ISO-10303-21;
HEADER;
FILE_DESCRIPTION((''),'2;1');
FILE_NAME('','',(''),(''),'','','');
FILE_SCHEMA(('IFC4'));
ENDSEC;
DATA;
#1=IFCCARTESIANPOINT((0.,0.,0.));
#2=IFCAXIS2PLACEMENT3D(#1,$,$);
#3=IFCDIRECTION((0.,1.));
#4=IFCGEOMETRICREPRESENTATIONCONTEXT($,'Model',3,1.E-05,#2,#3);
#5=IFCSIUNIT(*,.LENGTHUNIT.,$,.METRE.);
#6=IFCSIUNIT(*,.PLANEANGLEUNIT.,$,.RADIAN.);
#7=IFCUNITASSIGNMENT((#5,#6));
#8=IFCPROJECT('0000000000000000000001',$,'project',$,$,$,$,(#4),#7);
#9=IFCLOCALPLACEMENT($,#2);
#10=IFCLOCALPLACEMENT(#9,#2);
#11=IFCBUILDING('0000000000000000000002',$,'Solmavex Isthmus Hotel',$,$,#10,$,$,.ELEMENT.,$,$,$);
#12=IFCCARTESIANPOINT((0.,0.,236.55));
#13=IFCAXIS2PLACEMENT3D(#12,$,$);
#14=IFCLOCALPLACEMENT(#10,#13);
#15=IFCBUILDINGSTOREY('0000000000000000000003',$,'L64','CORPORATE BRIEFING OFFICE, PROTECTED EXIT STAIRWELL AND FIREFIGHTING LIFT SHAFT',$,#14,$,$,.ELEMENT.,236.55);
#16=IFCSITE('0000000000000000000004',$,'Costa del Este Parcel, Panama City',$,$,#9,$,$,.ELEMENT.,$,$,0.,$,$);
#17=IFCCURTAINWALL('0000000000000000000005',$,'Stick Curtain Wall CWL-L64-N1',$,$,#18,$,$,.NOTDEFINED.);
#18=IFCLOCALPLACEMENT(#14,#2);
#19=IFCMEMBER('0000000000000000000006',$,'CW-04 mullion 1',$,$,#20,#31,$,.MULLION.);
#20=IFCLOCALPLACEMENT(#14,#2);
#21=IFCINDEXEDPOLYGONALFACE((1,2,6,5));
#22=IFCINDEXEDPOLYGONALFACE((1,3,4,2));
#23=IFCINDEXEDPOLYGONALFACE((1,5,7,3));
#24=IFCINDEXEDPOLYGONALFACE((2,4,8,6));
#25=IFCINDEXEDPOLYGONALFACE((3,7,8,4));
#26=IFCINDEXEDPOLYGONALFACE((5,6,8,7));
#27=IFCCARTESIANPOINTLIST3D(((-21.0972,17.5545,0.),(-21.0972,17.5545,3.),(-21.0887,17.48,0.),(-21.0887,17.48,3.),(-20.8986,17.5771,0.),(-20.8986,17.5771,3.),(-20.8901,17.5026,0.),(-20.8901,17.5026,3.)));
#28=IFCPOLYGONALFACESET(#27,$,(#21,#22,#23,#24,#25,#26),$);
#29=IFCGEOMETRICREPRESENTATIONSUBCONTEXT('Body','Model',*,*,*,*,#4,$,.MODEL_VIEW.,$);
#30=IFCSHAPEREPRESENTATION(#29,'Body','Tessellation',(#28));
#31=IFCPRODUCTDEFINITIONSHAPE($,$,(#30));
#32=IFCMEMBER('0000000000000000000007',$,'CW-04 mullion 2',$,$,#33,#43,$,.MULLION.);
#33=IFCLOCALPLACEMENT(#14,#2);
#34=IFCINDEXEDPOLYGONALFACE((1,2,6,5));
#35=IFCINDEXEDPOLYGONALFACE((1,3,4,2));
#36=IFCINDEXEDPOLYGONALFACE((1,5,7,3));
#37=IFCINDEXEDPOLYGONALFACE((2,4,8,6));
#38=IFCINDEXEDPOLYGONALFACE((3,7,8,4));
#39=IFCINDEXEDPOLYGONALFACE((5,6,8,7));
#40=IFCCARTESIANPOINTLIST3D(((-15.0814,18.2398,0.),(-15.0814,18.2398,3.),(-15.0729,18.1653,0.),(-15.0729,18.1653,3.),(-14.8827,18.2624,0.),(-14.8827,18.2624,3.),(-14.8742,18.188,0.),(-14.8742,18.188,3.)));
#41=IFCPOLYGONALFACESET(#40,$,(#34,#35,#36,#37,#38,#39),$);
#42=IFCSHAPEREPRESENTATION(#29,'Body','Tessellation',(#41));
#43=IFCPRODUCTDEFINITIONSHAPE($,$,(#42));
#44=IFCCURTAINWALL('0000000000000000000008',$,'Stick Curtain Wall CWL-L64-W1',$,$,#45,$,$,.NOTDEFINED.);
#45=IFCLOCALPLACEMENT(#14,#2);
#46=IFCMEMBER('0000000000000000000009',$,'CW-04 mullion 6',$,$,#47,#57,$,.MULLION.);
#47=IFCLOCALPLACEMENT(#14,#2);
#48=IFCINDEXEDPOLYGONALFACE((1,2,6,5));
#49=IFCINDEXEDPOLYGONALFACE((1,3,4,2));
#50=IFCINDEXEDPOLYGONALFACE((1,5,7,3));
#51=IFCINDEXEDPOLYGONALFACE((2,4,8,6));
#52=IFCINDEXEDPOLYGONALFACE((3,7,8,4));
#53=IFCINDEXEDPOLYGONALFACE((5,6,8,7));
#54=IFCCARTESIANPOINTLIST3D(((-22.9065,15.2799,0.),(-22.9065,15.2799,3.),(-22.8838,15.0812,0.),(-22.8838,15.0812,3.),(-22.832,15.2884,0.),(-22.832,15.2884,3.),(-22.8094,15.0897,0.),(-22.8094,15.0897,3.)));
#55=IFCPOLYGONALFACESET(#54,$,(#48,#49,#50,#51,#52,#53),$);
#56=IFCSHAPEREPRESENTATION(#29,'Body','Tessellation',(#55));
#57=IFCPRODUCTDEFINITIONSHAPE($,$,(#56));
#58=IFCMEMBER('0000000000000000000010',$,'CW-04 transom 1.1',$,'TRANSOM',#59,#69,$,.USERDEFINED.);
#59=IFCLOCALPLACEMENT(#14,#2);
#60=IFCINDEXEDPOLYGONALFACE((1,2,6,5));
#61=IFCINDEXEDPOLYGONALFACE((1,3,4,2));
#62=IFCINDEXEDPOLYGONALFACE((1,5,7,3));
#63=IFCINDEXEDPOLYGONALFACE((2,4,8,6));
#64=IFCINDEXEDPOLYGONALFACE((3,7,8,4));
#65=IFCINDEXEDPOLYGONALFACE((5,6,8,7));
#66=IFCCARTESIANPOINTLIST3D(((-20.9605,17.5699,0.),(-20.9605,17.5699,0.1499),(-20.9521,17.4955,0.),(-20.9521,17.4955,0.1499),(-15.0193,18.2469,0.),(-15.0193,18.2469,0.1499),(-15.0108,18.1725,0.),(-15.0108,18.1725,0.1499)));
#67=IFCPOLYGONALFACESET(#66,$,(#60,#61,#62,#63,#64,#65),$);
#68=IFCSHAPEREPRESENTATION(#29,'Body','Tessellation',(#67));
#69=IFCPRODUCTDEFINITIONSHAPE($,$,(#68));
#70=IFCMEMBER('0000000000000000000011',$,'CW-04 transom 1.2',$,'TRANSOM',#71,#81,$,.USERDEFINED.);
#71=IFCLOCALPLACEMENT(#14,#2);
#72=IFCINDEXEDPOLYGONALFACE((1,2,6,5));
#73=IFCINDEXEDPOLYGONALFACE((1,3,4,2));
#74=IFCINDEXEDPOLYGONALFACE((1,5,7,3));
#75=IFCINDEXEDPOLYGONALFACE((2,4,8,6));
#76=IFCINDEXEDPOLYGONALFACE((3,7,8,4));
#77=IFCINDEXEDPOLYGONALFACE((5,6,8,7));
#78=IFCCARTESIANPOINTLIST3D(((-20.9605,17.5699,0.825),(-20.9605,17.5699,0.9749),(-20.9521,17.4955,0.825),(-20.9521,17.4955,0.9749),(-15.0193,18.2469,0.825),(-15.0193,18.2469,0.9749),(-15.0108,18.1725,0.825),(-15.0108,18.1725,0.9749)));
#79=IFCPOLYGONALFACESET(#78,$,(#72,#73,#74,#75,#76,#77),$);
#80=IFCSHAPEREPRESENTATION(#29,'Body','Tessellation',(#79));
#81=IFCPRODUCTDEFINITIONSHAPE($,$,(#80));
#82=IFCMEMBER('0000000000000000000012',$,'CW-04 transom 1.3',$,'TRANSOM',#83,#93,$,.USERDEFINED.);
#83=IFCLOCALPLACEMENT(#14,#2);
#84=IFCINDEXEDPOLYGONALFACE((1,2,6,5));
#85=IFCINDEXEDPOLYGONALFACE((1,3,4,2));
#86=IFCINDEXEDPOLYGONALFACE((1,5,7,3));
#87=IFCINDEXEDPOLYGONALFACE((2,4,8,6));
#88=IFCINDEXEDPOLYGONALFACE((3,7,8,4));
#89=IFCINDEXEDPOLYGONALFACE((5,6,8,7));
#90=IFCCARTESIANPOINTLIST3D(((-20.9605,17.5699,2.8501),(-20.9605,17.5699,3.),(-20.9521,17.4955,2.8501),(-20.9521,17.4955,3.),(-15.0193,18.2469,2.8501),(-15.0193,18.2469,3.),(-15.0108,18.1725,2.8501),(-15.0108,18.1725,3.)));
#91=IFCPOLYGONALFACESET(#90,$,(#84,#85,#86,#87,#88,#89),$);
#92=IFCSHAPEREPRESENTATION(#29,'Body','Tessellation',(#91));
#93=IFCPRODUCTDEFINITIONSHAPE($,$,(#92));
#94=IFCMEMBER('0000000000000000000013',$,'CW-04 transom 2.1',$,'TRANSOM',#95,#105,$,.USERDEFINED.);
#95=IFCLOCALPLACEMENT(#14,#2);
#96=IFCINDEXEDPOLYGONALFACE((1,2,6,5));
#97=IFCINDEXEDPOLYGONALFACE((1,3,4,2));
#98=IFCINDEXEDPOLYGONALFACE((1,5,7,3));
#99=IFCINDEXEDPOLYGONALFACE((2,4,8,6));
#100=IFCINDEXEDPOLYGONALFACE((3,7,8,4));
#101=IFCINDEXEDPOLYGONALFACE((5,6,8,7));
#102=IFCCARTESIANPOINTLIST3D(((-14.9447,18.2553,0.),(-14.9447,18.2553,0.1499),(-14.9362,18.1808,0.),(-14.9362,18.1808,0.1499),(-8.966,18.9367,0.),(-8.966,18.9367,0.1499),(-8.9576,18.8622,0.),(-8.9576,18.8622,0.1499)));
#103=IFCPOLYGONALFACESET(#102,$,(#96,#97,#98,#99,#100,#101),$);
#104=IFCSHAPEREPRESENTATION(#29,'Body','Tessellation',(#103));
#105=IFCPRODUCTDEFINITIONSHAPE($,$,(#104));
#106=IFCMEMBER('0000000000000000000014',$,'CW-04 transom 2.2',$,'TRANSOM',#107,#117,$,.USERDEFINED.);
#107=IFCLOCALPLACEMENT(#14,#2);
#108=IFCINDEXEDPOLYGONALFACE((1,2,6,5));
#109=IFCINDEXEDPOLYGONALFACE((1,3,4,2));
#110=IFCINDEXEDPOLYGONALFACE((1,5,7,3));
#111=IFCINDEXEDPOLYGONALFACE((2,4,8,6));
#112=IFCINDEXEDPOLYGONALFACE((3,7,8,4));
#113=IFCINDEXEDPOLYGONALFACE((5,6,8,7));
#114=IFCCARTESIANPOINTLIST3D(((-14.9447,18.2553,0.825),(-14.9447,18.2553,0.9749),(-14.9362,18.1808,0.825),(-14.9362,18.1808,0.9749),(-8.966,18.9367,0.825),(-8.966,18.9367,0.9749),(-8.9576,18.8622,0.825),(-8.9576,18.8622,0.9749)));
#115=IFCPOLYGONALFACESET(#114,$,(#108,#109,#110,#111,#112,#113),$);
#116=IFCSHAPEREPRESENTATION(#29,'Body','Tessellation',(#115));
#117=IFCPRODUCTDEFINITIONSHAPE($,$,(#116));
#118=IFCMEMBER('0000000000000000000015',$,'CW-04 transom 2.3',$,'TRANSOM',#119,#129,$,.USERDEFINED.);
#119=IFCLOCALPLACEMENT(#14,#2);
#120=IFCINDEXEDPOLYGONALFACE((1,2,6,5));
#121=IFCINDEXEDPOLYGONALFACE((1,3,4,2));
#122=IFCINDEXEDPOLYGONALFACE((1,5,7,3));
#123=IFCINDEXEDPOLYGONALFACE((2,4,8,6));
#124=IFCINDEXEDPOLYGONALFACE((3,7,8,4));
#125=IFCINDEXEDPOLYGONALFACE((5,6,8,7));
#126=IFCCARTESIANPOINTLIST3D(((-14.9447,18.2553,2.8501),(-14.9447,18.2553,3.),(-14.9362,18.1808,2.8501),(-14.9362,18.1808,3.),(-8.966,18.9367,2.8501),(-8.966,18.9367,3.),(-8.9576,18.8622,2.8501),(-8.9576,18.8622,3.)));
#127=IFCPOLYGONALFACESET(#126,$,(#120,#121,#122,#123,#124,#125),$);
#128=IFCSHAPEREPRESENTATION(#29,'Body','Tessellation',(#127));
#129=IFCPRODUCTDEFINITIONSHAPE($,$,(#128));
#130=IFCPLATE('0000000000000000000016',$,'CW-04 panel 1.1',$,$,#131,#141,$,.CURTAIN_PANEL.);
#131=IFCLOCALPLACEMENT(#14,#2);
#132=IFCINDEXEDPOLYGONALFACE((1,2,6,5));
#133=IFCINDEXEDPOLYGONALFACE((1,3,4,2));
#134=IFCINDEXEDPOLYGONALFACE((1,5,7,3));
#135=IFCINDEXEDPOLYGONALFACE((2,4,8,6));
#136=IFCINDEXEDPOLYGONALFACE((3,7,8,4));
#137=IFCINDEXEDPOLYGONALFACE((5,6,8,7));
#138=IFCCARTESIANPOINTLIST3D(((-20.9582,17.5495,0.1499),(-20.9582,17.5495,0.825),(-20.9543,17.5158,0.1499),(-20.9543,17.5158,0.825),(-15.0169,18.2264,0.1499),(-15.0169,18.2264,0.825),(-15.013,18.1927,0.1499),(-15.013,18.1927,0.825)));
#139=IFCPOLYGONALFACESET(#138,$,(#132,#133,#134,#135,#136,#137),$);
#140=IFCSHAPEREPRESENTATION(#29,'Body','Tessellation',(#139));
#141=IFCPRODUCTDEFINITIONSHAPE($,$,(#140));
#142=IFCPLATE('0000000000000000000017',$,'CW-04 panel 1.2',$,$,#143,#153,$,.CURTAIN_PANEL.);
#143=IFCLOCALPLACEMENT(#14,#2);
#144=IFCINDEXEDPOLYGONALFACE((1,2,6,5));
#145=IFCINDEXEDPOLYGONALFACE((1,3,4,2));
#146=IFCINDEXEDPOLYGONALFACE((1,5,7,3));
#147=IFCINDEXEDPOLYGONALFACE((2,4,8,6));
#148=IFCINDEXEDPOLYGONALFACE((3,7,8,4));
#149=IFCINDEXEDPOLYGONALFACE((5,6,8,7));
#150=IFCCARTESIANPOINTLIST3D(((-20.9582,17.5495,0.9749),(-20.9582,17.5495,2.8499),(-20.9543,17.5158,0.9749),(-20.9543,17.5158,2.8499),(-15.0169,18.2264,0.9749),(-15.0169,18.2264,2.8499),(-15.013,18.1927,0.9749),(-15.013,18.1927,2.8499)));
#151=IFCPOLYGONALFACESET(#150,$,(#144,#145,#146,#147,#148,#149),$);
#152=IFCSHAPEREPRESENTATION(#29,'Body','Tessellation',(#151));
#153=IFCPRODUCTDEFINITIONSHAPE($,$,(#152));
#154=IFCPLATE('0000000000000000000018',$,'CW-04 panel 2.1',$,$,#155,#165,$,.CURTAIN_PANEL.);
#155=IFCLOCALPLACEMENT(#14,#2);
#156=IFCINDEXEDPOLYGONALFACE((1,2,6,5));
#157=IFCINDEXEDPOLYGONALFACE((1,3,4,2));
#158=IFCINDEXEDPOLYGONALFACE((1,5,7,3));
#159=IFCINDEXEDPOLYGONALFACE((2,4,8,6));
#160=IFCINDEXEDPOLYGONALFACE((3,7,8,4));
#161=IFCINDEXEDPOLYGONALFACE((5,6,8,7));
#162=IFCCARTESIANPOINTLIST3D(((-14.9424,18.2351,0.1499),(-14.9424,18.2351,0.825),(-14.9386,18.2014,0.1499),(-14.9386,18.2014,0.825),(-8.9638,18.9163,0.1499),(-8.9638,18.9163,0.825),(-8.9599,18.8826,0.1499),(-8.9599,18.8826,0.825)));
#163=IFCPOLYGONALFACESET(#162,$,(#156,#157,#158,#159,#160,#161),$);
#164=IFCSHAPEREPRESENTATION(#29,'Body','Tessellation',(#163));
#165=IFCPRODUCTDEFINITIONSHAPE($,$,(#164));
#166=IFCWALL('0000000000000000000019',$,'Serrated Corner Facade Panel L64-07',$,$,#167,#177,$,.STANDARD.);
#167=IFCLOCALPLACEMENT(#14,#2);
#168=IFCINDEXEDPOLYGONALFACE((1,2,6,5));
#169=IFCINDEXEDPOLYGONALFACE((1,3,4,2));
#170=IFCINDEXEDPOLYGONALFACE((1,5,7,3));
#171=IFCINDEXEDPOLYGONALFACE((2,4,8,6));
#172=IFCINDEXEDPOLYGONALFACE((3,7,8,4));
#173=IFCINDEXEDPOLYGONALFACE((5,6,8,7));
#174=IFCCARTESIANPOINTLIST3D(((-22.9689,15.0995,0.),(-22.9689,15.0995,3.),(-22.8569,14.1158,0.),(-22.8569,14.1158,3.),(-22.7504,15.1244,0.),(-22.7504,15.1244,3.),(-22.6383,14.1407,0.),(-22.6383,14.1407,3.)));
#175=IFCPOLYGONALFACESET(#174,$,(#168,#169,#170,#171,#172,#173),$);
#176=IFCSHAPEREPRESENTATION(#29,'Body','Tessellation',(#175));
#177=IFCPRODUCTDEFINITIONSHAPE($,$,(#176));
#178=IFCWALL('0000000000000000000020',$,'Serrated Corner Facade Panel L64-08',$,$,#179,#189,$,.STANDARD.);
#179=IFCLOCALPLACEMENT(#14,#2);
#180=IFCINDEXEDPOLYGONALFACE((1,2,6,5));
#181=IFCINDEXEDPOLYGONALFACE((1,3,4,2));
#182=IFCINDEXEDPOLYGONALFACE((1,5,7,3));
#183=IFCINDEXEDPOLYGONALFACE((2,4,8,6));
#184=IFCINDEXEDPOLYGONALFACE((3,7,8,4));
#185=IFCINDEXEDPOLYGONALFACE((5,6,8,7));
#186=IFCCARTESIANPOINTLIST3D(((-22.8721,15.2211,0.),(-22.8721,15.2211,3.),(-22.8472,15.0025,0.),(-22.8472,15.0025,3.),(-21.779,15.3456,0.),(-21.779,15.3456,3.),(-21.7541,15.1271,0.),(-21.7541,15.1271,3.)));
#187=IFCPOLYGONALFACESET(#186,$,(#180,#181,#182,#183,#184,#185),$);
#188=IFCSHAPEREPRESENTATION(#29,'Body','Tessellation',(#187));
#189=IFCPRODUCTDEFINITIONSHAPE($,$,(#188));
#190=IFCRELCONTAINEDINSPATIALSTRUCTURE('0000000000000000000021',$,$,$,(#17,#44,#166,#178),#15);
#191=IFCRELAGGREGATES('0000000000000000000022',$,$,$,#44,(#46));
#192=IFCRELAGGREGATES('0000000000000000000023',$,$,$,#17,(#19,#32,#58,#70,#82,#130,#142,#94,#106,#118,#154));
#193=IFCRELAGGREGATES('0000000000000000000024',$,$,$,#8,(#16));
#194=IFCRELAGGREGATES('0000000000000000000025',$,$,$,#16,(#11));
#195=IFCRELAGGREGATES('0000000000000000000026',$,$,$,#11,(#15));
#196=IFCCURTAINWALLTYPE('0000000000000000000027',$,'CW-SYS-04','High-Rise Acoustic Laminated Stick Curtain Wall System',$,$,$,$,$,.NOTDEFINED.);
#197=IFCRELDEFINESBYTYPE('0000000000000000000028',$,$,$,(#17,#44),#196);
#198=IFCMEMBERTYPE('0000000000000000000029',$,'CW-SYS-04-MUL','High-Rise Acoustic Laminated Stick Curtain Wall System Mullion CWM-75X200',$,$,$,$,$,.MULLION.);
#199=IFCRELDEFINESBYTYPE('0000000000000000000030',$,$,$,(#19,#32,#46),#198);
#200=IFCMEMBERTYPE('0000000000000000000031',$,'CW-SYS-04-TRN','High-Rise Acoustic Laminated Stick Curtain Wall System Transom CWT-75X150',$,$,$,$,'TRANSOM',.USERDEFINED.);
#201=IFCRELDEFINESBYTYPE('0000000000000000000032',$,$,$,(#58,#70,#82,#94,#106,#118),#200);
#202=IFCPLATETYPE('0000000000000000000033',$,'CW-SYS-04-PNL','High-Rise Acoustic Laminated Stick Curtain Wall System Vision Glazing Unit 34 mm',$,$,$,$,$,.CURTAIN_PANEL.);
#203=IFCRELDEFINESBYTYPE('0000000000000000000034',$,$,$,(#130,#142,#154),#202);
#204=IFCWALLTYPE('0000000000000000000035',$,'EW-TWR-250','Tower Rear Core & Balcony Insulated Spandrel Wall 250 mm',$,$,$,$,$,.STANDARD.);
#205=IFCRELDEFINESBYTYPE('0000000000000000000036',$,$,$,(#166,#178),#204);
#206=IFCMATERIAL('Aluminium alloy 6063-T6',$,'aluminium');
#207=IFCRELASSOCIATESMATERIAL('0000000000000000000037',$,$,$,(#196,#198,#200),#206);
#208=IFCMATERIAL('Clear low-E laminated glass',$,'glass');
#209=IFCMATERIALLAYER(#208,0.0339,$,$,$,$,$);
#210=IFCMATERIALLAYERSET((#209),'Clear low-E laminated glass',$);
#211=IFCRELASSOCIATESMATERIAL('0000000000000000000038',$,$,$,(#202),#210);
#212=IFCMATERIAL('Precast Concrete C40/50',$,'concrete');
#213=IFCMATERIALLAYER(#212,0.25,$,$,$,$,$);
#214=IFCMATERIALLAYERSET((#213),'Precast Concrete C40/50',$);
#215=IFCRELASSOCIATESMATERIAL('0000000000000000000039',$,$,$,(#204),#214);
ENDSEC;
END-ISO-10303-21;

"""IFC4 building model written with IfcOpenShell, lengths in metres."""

from ifc_helpers import new_model, si_unit, direction, frame, frame_2d, origin, origin_2d, place, context, subcontext, project, spatial, rectangle, extrude, material, layer, layer_set, material_profile, profile_set, type_object, element, aggregate, save


model = new_model("IFC4")

# Units and contexts
model_context = context("Model", 3, precision=1e-05, world=origin(), true_north=direction((0.0, 1.0)))
body_context = subcontext(model_context, "Body", "Model", "MODEL_VIEW")
ifc_project = project(units=[si_unit("LENGTHUNIT", "METRE"), si_unit("PLANEANGLEUNIT", "RADIAN")], contexts=[model_context])

# Site, building, storey
site_placement = place(None, origin())
site = spatial("IfcSite", under=ifc_project, at=site_placement, Name="Costa del Este Parcel, Panama City", CompositionType="ELEMENT", RefElevation=0.0)
building_placement = place(site_placement, origin())
building = spatial("IfcBuilding", under=site, at=building_placement, Name="Solmavex Isthmus Hotel", CompositionType="ELEMENT")
storey_placement = place(building_placement, frame((0.0, 0.0, 236.55)))
storey = spatial("IfcBuildingStorey", under=building, at=storey_placement, Name="L64", Description="CORPORATE BRIEFING OFFICE, PROTECTED EXIT STAIRWELL AND FIREFIGHTING LIFT SHAFT", CompositionType="ELEMENT", Elevation=236.55)

# Curtain wall, members
ifc_material_1 = material(Name="Aluminium alloy 6063-T6", Category="aluminium")
curtain_wall_type = type_object("IfcCurtainWallType", Name="CW-SYS-04", Description="High-Rise Acoustic Laminated Stick Curtain Wall System", PredefinedType="NOTDEFINED", material=ifc_material_1)
curtain_wall_1_placement = place(storey_placement, origin())
curtain_wall_1 = element("IfcCurtainWall", 1, at=curtain_wall_1_placement, inside=storey, type_object=curtain_wall_type, Name="Stick Curtain Wall CWL-L64-N1", PredefinedType="NOTDEFINED")
ifc_material_profile_1 = material_profile(ifc_material_1, rectangle(XDim=0.075, YDim=0.2, at=origin_2d()), Name="CWM-75X200")
ifc_profile_set_1 = profile_set([ifc_material_profile_1], Name="Aluminium alloy 6063-T6")
member_type_1 = type_object("IfcMemberType", Name="CW-SYS-04-MUL", Description="High-Rise Acoustic Laminated Stick Curtain Wall System Mullion CWM-75X200", PredefinedType="MULLION", material=ifc_profile_set_1)
member_1_placement = place(storey_placement, frame((-20.9937, 17.5286, 0.0), z_axis=(0.0, 0.0, 1.0), x_axis=(-0.113203, 0.993572, 0.0)))
member_1 = element("IfcMember", 2, at=member_1_placement, type_object=member_type_1, Name="CW-04 mullion 1", PredefinedType="MULLION", context=body_context, shape_type="SweptSolid", body=[
    extrude(rectangle(XDim=0.075, YDim=0.2, at=origin_2d()), origin(), (0.0, 0.0, 1.0), 3.0),
])
member_2_placement = place(storey_placement, frame((-14.9778, 18.2139, 0.0), z_axis=(0.0, 0.0, 1.0), x_axis=(-0.113203, 0.993572, 0.0)))
member_2 = element("IfcMember", 3, at=member_2_placement, type_object=member_type_1, Name="CW-04 mullion 2", PredefinedType="MULLION", context=body_context, shape_type="SweptSolid", body=[
    extrude(rectangle(XDim=0.075, YDim=0.2, at=origin_2d()), origin(), (0.0, 0.0, 1.0), 3.0),
])

# Curtain wall, member
curtain_wall_2_placement = place(storey_placement, origin())
curtain_wall_2 = element("IfcCurtainWall", 4, at=curtain_wall_2_placement, inside=storey, type_object=curtain_wall_type, Name="Stick Curtain Wall CWL-L64-W1", PredefinedType="NOTDEFINED")
member_3_placement = place(storey_placement, frame((-22.8579, 15.1848, 0.0), z_axis=(0.0, 0.0, 1.0), x_axis=(-0.993572, -0.113203, 0.0)))
member_3 = element("IfcMember", 5, at=member_3_placement, type_object=member_type_1, Name="CW-04 mullion 6", PredefinedType="MULLION", context=body_context, shape_type="SweptSolid", body=[
    extrude(rectangle(XDim=0.075, YDim=0.2, at=origin_2d()), origin(), (0.0, 0.0, 1.0), 3.0),
])
aggregate(curtain_wall_2, [member_3])

# Members
ifc_material_profile_2 = material_profile(ifc_material_1, rectangle(XDim=0.075, YDim=0.1499, at=origin_2d()), Name="CWT-75X150")
ifc_profile_set_2 = profile_set([ifc_material_profile_2], Name="Aluminium alloy 6063-T6")
member_type_2 = type_object("IfcMemberType", Name="CW-SYS-04-TRN", Description="High-Rise Acoustic Laminated Stick Curtain Wall System Transom CWT-75X150", ElementType="TRANSOM", PredefinedType="USERDEFINED", material=ifc_profile_set_2)
member_4_placement = place(storey_placement, frame((-20.9563, 17.5327, 0.075), z_axis=(0.993571, 0.113214, 0.0), x_axis=(-0.113214, 0.993571, 0.0)))
member_4 = element("IfcMember", 6, at=member_4_placement, type_object=member_type_2, Name="CW-04 transom 1.1", ObjectType="TRANSOM", PredefinedType="USERDEFINED", context=body_context, shape_type="SweptSolid", body=[
    extrude(rectangle(XDim=0.075, YDim=0.1499, at=origin_2d()), origin(), (0.0, 0.0, 1.0), 5.9797),
])
member_5_placement = place(storey_placement, frame((-20.9563, 17.5327, 0.8999), z_axis=(0.993571, 0.113214, 0.0), x_axis=(-0.113214, 0.993571, 0.0)))
member_5 = element("IfcMember", 7, at=member_5_placement, type_object=member_type_2, Name="CW-04 transom 1.2", ObjectType="TRANSOM", PredefinedType="USERDEFINED", context=body_context, shape_type="SweptSolid", body=[
    extrude(rectangle(XDim=0.075, YDim=0.1499, at=origin_2d()), origin(), (0.0, 0.0, 1.0), 5.9797),
])
member_6_placement = place(storey_placement, frame((-20.9563, 17.5327, 2.925), z_axis=(0.993571, 0.113214, 0.0), x_axis=(-0.113214, 0.993571, 0.0)))
member_6 = element("IfcMember", 8, at=member_6_placement, type_object=member_type_2, Name="CW-04 transom 1.3", ObjectType="TRANSOM", PredefinedType="USERDEFINED", context=body_context, shape_type="SweptSolid", body=[
    extrude(rectangle(XDim=0.075, YDim=0.1499, at=origin_2d()), origin(), (0.0, 0.0, 1.0), 5.9797),
])
member_7_placement = place(storey_placement, frame((-14.9404, 18.218, 0.075), z_axis=(0.993568, 0.113241, 0.0), x_axis=(-0.113241, 0.993568, 0.0)))
member_7 = element("IfcMember", 9, at=member_7_placement, type_object=member_type_2, Name="CW-04 transom 2.1", ObjectType="TRANSOM", PredefinedType="USERDEFINED", context=body_context, shape_type="SweptSolid", body=[
    extrude(rectangle(XDim=0.075, YDim=0.1499, at=origin_2d()), origin(), (0.0, 0.0, 1.0), 6.0173),
])
member_8_placement = place(storey_placement, frame((-14.9404, 18.218, 0.8999), z_axis=(0.993568, 0.113241, 0.0), x_axis=(-0.113241, 0.993568, 0.0)))
member_8 = element("IfcMember", 10, at=member_8_placement, type_object=member_type_2, Name="CW-04 transom 2.2", ObjectType="TRANSOM", PredefinedType="USERDEFINED", context=body_context, shape_type="SweptSolid", body=[
    extrude(rectangle(XDim=0.075, YDim=0.1499, at=origin_2d()), origin(), (0.0, 0.0, 1.0), 6.0173),
])
member_9_placement = place(storey_placement, frame((-14.9404, 18.218, 2.925), z_axis=(0.993568, 0.113241, 0.0), x_axis=(-0.113241, 0.993568, 0.0)))
member_9 = element("IfcMember", 11, at=member_9_placement, type_object=member_type_2, Name="CW-04 transom 2.3", ObjectType="TRANSOM", PredefinedType="USERDEFINED", context=body_context, shape_type="SweptSolid", body=[
    extrude(rectangle(XDim=0.075, YDim=0.1499, at=origin_2d()), origin(), (0.0, 0.0, 1.0), 6.0173),
])

# Plates
ifc_material_2 = material(Name="Clear low-E laminated glass", Category="glass")
ifc_layer_1 = layer(ifc_material_2, 0.0339)
ifc_layer_set_1 = layer_set([ifc_layer_1], Name="Clear low-E laminated glass")
plate_type = type_object("IfcPlateType", Name="CW-SYS-04-PNL", Description="High-Rise Acoustic Laminated Stick Curtain Wall System Vision Glazing Unit 34 mm", PredefinedType="CURTAIN_PANEL", material=ifc_layer_set_1)
plate_1_placement = place(storey_placement, frame((-17.9856, 17.8711, 0.1499), z_axis=(0.0, 0.0, 1.0), x_axis=(0.993572, 0.113203, 0.0)))
plate_1 = element("IfcPlate", 12, at=plate_1_placement, type_object=plate_type, Name="CW-04 panel 1.1", PredefinedType="CURTAIN_PANEL", context=body_context, shape_type="SweptSolid", body=[
    extrude(rectangle(XDim=5.9797, YDim=0.0339, at=origin_2d()), origin(), (0.0, 0.0, 1.0), 0.675),
])
plate_2_placement = place(storey_placement, frame((-17.9856, 17.8711, 0.9749), z_axis=(0.0, 0.0, 1.0), x_axis=(0.993572, 0.113203, 0.0)))
plate_2 = element("IfcPlate", 13, at=plate_2_placement, type_object=plate_type, Name="CW-04 panel 1.2", PredefinedType="CURTAIN_PANEL", context=body_context, shape_type="SweptSolid", body=[
    extrude(rectangle(XDim=5.9797, YDim=0.0339, at=origin_2d()), origin(), (0.0, 0.0, 1.0), 1.875),
])
plate_3_placement = place(storey_placement, frame((-11.9512, 18.5588, 0.1499), z_axis=(0.0, 0.0, 1.0), x_axis=(0.993572, 0.113203, 0.0)))
plate_3 = element("IfcPlate", 14, at=plate_3_placement, type_object=plate_type, Name="CW-04 panel 2.1", PredefinedType="CURTAIN_PANEL", context=body_context, shape_type="SweptSolid", body=[
    extrude(rectangle(XDim=6.0173, YDim=0.0339, at=origin_2d()), origin(), (0.0, 0.0, 1.0), 0.675),
])
aggregate(curtain_wall_1, [member_1, member_2, member_4, member_5, member_6, plate_1, plate_2, member_7, member_8, member_9, plate_3])

# Walls
ifc_material_3 = material(Name="Precast Concrete C40/50", Category="concrete")
ifc_layer_2 = layer(ifc_material_3, 0.25)
ifc_layer_set_2 = layer_set([ifc_layer_2], Name="Precast Concrete C40/50")
wall_type = type_object("IfcWallType", Name="EW-TWR-250", Description="Tower Rear Core & Balcony Insulated Spandrel Wall 250 mm", PredefinedType="STANDARD", material=ifc_layer_set_2)
wall_1_placement = place(storey_placement, frame((-22.7476, 14.1282, 0.0), z_axis=(0.0, 0.0, 1.0), x_axis=(-0.113192, 0.993573, 0.0)))
element("IfcWall", 15, at=wall_1_placement, inside=storey, type_object=wall_type, Name="Serrated Corner Facade Panel L64-07", PredefinedType="STANDARD", context=body_context, shape_type="SweptSolid", body=[
    extrude(rectangle(XDim=0.99, YDim=0.22, at=frame_2d((0.4951, 0.0))), origin(), (0.0, 0.0, 1.0), 3.0),
])
wall_2_placement = place(storey_placement, frame((-22.8596, 15.1118, 0.0), z_axis=(0.0, 0.0, 1.0), x_axis=(0.993574, 0.113184, 0.0)))
element("IfcWall", 16, at=wall_2_placement, inside=storey, type_object=wall_type, Name="Serrated Corner Facade Panel L64-08", PredefinedType="STANDARD", context=body_context, shape_type="SweptSolid", body=[
    extrude(rectangle(XDim=1.1001, YDim=0.22, at=frame_2d((0.55, 0.0))), origin(), (0.0, 0.0, 1.0), 3.0),
])

save(model, "model.ifc")
